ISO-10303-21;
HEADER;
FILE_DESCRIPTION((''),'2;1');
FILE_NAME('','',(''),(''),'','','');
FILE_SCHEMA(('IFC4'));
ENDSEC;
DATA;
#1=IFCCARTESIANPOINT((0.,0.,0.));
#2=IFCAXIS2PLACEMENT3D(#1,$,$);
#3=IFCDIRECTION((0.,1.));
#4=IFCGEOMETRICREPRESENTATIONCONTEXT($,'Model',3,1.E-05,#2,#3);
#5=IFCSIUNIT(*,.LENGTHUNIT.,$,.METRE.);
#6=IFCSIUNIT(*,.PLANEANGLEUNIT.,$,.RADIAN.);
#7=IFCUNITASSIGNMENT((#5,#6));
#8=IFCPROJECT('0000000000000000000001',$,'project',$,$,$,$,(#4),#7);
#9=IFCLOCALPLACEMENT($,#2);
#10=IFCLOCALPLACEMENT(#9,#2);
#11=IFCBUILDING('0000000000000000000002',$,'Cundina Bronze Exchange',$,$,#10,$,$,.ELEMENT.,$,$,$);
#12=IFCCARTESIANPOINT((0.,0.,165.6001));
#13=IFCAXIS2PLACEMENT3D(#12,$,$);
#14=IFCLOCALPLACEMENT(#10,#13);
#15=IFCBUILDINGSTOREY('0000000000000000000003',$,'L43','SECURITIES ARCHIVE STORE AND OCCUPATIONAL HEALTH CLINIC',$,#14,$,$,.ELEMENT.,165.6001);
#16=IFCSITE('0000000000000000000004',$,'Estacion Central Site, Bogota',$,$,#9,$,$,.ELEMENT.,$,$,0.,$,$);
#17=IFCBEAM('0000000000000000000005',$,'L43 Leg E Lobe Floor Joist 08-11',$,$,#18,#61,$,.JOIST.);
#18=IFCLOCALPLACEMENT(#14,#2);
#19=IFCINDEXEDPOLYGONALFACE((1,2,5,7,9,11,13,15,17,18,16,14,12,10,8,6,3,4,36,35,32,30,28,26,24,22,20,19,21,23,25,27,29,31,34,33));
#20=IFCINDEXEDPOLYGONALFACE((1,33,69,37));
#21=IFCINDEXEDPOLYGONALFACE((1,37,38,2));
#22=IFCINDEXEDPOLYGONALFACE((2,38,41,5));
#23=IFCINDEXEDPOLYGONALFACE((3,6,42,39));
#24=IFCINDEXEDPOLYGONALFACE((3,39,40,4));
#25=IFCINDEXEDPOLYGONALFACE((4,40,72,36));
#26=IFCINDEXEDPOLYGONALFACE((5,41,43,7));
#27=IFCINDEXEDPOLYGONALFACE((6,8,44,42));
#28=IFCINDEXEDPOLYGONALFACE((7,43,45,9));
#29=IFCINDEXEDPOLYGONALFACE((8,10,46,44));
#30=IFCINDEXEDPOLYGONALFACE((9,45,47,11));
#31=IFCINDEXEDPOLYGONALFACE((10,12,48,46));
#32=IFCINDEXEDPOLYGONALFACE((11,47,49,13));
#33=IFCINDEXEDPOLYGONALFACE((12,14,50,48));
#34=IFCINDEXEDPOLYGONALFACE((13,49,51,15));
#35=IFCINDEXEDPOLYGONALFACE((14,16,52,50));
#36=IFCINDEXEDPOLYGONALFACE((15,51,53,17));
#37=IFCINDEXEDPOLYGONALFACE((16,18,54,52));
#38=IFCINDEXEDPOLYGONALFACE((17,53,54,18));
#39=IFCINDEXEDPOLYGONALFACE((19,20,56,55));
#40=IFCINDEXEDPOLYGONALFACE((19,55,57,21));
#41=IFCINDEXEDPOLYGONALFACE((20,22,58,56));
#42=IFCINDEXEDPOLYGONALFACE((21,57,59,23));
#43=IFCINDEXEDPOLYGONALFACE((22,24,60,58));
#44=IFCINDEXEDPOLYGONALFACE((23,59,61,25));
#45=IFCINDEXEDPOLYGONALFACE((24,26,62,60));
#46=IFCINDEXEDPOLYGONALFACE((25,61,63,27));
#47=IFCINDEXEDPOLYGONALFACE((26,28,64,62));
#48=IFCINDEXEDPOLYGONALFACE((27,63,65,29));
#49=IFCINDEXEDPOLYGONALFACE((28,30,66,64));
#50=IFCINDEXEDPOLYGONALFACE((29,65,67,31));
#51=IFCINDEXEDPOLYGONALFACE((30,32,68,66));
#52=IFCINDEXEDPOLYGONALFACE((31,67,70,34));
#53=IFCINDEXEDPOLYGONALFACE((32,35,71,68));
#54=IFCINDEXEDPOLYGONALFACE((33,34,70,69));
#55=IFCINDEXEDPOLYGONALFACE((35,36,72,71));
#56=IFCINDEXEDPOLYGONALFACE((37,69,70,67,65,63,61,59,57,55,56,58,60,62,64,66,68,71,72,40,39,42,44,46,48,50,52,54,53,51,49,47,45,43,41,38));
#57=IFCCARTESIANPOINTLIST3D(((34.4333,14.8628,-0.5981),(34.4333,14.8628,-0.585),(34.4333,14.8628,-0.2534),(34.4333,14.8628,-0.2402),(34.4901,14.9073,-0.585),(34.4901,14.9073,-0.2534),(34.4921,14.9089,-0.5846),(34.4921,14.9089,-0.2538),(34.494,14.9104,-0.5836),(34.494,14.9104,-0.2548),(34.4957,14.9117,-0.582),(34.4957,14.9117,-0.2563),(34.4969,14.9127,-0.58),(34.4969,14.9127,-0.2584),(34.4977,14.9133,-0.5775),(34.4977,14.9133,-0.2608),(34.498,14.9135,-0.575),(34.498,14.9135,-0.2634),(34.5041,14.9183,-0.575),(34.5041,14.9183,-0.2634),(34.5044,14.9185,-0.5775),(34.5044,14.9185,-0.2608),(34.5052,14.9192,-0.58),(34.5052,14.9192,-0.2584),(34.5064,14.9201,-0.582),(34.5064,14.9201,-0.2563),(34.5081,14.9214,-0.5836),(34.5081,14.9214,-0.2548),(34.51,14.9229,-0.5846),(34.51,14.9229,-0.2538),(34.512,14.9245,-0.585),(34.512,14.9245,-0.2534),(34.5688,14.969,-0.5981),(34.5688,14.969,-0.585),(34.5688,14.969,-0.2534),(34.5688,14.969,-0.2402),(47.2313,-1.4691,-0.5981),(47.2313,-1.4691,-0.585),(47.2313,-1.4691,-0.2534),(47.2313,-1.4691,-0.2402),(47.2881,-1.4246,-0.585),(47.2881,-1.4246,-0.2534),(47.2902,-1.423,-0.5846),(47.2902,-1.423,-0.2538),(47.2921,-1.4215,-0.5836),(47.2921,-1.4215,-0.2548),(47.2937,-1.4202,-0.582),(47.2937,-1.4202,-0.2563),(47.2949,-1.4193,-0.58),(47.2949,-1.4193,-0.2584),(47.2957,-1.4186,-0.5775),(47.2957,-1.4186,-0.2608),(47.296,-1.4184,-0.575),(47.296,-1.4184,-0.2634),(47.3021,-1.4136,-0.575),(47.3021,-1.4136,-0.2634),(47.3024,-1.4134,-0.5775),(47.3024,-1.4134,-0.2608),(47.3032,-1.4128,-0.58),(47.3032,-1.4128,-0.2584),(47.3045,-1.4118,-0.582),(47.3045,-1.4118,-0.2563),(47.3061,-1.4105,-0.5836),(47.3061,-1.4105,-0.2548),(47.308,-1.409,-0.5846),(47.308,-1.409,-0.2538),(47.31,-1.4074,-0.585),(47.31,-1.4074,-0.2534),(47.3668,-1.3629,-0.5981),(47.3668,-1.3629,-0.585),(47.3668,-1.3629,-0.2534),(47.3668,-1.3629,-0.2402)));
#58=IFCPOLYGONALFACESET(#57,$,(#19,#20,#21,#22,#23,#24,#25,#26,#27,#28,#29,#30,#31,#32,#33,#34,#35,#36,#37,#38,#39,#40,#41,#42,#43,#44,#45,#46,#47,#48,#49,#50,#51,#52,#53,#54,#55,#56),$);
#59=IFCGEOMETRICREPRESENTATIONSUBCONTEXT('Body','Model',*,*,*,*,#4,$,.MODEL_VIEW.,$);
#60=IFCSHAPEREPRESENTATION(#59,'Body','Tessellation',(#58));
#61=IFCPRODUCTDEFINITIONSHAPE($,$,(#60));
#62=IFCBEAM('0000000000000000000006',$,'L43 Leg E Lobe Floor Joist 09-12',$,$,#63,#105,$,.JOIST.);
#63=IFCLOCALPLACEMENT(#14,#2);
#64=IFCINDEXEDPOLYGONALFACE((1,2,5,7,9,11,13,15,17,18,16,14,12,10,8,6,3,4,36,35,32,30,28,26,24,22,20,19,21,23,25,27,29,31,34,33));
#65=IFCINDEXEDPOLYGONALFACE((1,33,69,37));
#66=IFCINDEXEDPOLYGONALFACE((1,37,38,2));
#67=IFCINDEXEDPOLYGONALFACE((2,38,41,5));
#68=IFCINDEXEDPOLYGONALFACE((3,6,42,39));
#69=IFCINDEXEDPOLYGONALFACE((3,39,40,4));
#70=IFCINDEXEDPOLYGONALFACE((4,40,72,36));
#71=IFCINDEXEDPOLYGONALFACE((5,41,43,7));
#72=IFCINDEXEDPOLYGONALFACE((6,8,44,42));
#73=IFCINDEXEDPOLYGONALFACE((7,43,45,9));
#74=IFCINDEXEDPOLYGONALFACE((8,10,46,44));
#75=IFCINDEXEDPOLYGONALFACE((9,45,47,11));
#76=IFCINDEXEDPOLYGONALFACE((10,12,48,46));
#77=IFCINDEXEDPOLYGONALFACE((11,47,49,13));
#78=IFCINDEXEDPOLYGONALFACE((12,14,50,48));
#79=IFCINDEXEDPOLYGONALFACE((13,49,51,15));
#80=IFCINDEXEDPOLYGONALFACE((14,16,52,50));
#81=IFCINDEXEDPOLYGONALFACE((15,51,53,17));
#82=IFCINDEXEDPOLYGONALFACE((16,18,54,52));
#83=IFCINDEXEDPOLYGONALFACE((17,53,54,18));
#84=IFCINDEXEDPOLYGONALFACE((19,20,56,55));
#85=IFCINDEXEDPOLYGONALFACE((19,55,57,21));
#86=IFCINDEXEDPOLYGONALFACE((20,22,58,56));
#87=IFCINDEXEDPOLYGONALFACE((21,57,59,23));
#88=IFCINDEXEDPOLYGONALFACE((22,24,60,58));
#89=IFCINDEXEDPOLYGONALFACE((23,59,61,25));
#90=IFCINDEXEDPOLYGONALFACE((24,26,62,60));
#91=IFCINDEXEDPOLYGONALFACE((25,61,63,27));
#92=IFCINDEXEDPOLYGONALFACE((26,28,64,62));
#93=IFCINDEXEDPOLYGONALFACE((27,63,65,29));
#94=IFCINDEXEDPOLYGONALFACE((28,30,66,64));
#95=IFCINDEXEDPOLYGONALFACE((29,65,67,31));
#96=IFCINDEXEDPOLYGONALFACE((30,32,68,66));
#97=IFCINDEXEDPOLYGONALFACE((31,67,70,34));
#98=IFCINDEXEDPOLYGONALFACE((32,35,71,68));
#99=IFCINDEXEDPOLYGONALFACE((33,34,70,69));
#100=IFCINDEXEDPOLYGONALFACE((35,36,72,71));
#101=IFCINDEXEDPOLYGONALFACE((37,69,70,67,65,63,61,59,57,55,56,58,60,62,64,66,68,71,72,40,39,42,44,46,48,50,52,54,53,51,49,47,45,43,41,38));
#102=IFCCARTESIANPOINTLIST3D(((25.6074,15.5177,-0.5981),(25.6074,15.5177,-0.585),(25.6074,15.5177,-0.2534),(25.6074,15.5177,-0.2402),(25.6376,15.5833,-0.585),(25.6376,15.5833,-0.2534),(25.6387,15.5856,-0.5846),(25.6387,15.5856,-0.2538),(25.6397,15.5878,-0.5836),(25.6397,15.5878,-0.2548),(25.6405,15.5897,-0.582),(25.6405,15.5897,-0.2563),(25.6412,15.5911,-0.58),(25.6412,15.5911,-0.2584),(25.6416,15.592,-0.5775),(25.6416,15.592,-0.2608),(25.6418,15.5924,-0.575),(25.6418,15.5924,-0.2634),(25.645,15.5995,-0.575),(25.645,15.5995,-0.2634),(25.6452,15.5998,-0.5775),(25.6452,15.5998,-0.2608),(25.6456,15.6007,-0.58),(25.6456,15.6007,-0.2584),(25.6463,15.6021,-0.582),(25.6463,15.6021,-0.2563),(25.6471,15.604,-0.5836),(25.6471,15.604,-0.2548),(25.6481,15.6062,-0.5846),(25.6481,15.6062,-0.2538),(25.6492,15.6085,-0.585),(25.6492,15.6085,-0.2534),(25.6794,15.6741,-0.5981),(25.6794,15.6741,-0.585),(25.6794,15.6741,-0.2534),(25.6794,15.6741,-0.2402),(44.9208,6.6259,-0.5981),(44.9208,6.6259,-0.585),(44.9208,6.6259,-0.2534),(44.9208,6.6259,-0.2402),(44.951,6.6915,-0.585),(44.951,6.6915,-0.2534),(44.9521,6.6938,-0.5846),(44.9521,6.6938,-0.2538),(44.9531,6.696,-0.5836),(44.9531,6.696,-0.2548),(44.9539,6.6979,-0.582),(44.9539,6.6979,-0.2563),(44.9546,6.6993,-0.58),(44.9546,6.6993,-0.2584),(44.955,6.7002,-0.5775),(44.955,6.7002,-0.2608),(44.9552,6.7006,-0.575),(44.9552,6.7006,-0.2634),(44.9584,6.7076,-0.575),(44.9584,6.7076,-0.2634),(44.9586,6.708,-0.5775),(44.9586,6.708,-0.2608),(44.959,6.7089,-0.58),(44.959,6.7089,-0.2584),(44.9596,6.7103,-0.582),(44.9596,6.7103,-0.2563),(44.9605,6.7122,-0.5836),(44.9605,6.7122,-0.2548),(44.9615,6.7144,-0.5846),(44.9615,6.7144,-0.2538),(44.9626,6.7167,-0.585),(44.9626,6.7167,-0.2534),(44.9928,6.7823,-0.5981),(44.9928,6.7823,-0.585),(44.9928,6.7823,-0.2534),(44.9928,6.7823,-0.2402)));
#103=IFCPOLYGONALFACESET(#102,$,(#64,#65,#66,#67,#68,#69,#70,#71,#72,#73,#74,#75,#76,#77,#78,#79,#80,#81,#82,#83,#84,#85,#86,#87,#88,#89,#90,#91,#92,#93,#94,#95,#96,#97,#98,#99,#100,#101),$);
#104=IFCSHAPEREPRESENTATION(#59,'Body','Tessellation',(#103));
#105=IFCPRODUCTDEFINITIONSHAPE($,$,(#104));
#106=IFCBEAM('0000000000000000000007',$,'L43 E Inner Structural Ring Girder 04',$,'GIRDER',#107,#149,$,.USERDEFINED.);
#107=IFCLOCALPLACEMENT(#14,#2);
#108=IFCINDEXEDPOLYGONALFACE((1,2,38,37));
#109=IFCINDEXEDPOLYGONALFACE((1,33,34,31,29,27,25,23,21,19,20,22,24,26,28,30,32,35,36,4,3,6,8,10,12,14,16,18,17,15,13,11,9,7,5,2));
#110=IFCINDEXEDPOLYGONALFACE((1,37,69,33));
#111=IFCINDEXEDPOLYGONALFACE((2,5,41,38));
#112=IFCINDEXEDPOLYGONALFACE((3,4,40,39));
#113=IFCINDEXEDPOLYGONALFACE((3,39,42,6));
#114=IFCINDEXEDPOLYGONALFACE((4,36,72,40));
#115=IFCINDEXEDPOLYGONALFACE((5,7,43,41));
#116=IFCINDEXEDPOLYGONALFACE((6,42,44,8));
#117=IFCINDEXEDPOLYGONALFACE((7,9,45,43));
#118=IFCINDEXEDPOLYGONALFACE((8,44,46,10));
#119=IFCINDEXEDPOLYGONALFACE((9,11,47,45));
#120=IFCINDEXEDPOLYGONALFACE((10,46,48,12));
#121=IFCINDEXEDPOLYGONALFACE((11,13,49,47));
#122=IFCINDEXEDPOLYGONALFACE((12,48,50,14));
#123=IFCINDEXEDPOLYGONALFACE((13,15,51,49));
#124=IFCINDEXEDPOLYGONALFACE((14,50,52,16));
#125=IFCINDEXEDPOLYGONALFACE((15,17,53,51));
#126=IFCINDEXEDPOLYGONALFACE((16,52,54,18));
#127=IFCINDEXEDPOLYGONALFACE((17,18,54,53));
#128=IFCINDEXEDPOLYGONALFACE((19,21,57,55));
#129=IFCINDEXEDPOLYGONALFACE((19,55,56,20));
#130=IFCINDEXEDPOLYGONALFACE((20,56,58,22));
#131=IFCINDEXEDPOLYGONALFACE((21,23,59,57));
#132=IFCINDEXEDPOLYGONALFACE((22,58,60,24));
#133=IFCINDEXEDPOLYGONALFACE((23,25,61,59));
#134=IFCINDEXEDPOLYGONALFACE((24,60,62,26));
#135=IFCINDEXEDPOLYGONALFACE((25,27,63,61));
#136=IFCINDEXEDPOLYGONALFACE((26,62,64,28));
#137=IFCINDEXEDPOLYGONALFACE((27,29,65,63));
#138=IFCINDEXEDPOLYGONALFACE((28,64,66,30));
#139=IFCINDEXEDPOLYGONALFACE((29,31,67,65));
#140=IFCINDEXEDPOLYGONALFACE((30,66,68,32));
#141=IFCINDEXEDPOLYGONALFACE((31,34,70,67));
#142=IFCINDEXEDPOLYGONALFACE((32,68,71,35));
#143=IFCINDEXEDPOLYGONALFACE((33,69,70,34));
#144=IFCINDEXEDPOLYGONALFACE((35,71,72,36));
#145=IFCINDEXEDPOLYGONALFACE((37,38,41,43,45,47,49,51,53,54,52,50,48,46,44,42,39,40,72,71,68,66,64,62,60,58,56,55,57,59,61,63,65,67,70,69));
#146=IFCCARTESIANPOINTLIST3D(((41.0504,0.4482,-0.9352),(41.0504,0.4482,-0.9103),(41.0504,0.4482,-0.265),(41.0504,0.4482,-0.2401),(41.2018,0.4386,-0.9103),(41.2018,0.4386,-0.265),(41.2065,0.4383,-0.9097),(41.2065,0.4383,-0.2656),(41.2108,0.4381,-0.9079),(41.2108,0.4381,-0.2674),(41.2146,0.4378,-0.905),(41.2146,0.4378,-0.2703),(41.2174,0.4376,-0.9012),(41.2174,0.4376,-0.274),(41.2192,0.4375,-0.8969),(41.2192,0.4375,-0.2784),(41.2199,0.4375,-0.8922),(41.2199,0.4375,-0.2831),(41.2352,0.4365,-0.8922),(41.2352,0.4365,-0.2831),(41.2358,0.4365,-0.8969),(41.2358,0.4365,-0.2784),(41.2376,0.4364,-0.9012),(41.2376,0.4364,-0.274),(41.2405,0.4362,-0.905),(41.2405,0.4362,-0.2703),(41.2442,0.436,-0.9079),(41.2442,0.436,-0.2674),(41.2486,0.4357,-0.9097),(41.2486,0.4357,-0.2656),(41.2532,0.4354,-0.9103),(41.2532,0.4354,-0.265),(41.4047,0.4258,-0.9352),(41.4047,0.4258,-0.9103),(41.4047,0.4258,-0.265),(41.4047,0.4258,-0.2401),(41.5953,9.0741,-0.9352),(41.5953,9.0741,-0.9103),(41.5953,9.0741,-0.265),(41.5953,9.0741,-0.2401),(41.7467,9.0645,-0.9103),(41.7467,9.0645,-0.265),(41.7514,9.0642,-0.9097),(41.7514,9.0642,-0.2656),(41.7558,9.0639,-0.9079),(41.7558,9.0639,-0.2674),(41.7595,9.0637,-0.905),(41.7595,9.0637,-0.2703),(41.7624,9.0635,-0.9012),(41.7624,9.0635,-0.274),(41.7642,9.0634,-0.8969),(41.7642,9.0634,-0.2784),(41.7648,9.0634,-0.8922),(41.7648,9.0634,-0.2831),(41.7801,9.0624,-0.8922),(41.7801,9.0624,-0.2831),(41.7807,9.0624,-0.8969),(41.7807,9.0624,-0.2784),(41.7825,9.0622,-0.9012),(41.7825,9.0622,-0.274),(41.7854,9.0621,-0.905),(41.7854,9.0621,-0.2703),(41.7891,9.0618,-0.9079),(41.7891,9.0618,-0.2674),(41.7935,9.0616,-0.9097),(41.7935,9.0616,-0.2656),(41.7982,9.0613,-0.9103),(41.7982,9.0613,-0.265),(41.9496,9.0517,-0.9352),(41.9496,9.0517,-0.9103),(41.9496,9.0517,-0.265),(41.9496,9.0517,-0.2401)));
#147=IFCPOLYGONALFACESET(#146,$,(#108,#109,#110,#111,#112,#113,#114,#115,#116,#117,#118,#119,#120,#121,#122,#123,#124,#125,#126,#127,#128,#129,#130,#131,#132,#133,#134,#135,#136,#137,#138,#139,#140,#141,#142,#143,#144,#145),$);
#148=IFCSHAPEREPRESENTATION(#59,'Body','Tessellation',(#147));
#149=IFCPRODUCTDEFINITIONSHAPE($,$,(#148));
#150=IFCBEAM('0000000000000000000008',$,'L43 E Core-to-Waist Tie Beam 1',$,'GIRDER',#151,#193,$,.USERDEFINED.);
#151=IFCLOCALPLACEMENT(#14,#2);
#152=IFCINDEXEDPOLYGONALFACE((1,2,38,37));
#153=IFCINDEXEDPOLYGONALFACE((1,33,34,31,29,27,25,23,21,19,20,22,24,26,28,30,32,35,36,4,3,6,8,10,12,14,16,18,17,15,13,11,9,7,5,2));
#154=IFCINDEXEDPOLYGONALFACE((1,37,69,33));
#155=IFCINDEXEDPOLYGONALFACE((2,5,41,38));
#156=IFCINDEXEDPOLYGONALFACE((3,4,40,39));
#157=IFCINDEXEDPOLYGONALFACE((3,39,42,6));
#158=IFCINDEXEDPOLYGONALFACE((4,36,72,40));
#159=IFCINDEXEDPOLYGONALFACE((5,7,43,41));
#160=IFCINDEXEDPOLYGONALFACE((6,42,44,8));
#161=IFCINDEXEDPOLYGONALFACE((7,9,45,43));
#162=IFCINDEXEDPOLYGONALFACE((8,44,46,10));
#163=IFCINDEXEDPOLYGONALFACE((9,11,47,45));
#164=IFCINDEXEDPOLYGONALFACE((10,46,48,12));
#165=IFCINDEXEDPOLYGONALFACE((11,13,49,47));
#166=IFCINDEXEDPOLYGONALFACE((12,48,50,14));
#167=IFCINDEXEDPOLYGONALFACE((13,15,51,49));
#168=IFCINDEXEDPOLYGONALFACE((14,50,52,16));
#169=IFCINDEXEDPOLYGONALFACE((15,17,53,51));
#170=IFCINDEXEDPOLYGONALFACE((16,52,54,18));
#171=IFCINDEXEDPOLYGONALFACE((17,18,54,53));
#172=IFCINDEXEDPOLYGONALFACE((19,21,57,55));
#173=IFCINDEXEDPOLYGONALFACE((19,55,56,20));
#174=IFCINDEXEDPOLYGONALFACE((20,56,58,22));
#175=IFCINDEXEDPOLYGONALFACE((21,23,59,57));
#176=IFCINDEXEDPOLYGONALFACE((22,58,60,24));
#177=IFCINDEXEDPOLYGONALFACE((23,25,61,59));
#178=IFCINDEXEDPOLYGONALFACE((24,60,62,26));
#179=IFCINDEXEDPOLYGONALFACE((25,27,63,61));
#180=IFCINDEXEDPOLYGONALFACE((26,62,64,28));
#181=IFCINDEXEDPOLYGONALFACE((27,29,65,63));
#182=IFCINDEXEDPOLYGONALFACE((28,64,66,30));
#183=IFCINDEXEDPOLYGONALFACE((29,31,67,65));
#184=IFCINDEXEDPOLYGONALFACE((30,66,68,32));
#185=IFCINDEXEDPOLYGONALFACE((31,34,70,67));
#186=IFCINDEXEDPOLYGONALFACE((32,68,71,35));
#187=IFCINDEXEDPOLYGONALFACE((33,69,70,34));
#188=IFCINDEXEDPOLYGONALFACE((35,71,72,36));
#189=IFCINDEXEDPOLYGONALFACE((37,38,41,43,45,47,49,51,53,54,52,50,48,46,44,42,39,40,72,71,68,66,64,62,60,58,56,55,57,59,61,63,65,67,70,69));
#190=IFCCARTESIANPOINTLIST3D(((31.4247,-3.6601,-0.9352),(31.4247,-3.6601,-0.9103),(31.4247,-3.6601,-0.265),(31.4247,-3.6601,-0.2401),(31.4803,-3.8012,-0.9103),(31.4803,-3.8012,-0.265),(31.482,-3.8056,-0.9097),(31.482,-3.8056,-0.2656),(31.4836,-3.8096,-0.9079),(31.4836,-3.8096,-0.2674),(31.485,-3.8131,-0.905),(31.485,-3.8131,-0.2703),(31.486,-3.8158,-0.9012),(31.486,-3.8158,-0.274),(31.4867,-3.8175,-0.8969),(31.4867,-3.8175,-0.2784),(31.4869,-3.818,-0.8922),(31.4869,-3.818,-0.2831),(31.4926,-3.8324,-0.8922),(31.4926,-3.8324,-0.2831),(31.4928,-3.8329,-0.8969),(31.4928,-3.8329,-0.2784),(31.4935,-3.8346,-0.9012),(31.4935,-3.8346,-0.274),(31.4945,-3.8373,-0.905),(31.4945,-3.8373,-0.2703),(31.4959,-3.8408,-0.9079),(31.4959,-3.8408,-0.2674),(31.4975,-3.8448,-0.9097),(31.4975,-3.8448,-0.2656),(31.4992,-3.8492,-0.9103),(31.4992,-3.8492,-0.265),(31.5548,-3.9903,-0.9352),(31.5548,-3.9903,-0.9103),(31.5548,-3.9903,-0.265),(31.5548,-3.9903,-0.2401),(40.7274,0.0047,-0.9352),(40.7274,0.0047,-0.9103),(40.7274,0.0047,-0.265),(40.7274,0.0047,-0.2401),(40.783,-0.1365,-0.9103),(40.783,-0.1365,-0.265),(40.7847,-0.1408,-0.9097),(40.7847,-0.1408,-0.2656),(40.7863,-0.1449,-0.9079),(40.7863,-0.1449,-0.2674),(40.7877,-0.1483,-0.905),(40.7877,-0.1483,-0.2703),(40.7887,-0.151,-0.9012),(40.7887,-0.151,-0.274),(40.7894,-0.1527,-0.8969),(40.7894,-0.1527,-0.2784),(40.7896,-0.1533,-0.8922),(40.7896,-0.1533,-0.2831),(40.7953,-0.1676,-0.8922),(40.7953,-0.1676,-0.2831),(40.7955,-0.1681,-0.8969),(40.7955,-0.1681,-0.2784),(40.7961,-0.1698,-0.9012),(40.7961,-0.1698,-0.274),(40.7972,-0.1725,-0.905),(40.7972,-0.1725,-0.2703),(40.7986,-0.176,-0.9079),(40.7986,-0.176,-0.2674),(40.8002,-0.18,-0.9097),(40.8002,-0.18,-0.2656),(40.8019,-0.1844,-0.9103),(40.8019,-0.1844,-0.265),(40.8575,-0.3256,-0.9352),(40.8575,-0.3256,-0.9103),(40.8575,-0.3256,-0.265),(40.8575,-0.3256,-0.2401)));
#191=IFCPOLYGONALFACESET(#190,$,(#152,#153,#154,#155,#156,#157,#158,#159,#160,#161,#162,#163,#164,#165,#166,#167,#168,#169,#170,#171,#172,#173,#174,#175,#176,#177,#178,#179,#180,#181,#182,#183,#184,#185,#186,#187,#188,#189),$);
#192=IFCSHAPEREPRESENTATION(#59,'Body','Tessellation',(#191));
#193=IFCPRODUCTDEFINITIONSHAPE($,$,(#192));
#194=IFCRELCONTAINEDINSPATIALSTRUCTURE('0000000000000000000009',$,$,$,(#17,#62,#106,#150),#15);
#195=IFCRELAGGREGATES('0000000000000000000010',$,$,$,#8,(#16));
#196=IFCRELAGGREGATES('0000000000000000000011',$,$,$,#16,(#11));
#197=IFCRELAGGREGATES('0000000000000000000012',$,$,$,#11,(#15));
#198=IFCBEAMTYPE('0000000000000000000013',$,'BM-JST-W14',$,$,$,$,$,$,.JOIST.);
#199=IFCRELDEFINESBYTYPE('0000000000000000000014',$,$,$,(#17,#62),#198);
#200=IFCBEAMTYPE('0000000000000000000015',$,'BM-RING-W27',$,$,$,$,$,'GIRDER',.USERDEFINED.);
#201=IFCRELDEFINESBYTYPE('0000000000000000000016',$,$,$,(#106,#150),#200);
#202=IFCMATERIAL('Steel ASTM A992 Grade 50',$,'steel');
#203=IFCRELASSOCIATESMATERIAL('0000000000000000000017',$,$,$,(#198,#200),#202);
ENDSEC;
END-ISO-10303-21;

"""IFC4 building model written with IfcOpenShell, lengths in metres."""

from ifc_helpers import new_model, si_unit, direction, frame, origin, origin_2d, place, context, subcontext, project, spatial, i_section, extrude, material, material_profile, profile_set, type_object, element, save


model = new_model("IFC4")

# Units and contexts
model_context = context("Model", 3, precision=1e-05, world=origin(), true_north=direction((0.0, 1.0)))
body_context = subcontext(model_context, "Body", "Model", "MODEL_VIEW")
ifc_project = project(units=[si_unit("LENGTHUNIT", "METRE"), si_unit("PLANEANGLEUNIT", "RADIAN")], contexts=[model_context])

# Site, building, storey
site_placement = place(None, origin())
site = spatial("IfcSite", under=ifc_project, at=site_placement, Name="Estacion Central Site, Bogota", CompositionType="ELEMENT", RefElevation=0.0)
building_placement = place(site_placement, origin())
building = spatial("IfcBuilding", under=site, at=building_placement, Name="Cundina Bronze Exchange", CompositionType="ELEMENT")
storey_placement = place(building_placement, frame((0.0, 0.0, 165.6001)))
storey = spatial("IfcBuildingStorey", under=building, at=storey_placement, Name="L43", Description="SECURITIES ARCHIVE STORE AND OCCUPATIONAL HEALTH CLINIC", CompositionType="ELEMENT", Elevation=165.6001)

# Shared definitions
ifc_material_1 = material(Name="Steel ASTM A992 Grade 50", Category="steel")

# Beams
ifc_material_profile_1 = material_profile(ifc_material_1, i_section(OverallWidth=0.1721, OverallDepth=0.3579, WebThickness=0.0078, FlangeThickness=0.0132, FilletRadius=0.01, at=origin_2d()), Name="W14X38", Category="steel")
ifc_profile_set_1 = profile_set([ifc_material_profile_1], Name="Steel ASTM A992 Grade 50")
beam_type_1 = type_object("IfcBeamType", Name="BM-JST-W14", PredefinedType="JOIST", material=ifc_profile_set_1)
beam_1_placement = place(storey_placement, frame((47.2991, -1.416, -0.4192), z_axis=(-0.616801, 0.787119, 0.0), x_axis=(-0.787119, -0.616801, 0.0)))
element("IfcBeam", 1, at=beam_1_placement, inside=storey, type_object=beam_type_1, Name="L43 Leg E Lobe Floor Joist 08-11", PredefinedType="JOIST", context=body_context, shape_type="SweptSolid", body=[
    extrude(i_section(OverallWidth=0.1721, OverallDepth=0.3579, WebThickness=0.0078, FlangeThickness=0.0132, FilletRadius=0.01, at=origin_2d()), origin(), (0.0, 0.0, 1.0), 20.749),
])
beam_2_placement = place(storey_placement, frame((44.9568, 6.7041, -0.4192), z_axis=(-0.908354, 0.418202, 0.0), x_axis=(-0.418202, -0.908354, 0.0)))
element("IfcBeam", 2, at=beam_2_placement, inside=storey, type_object=beam_type_1, Name="L43 Leg E Lobe Floor Joist 09-12", PredefinedType="JOIST", context=body_context, shape_type="SweptSolid", body=[
    extrude(i_section(OverallWidth=0.1721, OverallDepth=0.3579, WebThickness=0.0078, FlangeThickness=0.0132, FilletRadius=0.01, at=origin_2d()), origin(), (0.0, 0.0, 1.0), 21.262),
])
ifc_material_profile_2 = material_profile(ifc_material_1, i_section(OverallWidth=0.355, OverallDepth=0.6951, WebThickness=0.0154, FlangeThickness=0.0249, FilletRadius=0.0181, at=origin_2d()), Name="W27X146", Category="steel")
ifc_profile_set_2 = profile_set([ifc_material_profile_2], Name="Steel ASTM A992 Grade 50")
beam_type_2 = type_object("IfcBeamType", Name="BM-RING-W27", ElementType="GIRDER", PredefinedType="USERDEFINED", material=ifc_profile_set_2)
beam_3_placement = place(storey_placement, frame((41.2275, 0.437, -0.5876), z_axis=(0.063047, 0.998011, 0.0), x_axis=(-0.998011, 0.063047, 0.0)))
element("IfcBeam", 3, at=beam_3_placement, inside=storey, type_object=beam_type_2, Name="L43 E Inner Structural Ring Girder 04", ObjectType="GIRDER", PredefinedType="USERDEFINED", context=body_context, shape_type="SweptSolid", body=[
    extrude(i_section(OverallWidth=0.355, OverallDepth=0.6951, WebThickness=0.0154, FlangeThickness=0.0249, FilletRadius=0.0181, at=origin_2d()), origin(), (0.0, 0.0, 1.0), 8.6431),
])
beam_4_placement = place(storey_placement, frame((31.4897, -3.8252, -0.5876), z_axis=(0.930406, 0.366532, 0.0), x_axis=(-0.366532, 0.930406, 0.0)))
element("IfcBeam", 4, at=beam_4_placement, inside=storey, type_object=beam_type_2, Name="L43 E Core-to-Waist Tie Beam 1", ObjectType="GIRDER", PredefinedType="USERDEFINED", context=body_context, shape_type="SweptSolid", body=[
    extrude(i_section(OverallWidth=0.355, OverallDepth=0.6951, WebThickness=0.0154, FlangeThickness=0.0249, FilletRadius=0.0181, at=origin_2d()), origin(), (0.0, 0.0, 1.0), 9.9985),
])

save(model, "model.ifc")
